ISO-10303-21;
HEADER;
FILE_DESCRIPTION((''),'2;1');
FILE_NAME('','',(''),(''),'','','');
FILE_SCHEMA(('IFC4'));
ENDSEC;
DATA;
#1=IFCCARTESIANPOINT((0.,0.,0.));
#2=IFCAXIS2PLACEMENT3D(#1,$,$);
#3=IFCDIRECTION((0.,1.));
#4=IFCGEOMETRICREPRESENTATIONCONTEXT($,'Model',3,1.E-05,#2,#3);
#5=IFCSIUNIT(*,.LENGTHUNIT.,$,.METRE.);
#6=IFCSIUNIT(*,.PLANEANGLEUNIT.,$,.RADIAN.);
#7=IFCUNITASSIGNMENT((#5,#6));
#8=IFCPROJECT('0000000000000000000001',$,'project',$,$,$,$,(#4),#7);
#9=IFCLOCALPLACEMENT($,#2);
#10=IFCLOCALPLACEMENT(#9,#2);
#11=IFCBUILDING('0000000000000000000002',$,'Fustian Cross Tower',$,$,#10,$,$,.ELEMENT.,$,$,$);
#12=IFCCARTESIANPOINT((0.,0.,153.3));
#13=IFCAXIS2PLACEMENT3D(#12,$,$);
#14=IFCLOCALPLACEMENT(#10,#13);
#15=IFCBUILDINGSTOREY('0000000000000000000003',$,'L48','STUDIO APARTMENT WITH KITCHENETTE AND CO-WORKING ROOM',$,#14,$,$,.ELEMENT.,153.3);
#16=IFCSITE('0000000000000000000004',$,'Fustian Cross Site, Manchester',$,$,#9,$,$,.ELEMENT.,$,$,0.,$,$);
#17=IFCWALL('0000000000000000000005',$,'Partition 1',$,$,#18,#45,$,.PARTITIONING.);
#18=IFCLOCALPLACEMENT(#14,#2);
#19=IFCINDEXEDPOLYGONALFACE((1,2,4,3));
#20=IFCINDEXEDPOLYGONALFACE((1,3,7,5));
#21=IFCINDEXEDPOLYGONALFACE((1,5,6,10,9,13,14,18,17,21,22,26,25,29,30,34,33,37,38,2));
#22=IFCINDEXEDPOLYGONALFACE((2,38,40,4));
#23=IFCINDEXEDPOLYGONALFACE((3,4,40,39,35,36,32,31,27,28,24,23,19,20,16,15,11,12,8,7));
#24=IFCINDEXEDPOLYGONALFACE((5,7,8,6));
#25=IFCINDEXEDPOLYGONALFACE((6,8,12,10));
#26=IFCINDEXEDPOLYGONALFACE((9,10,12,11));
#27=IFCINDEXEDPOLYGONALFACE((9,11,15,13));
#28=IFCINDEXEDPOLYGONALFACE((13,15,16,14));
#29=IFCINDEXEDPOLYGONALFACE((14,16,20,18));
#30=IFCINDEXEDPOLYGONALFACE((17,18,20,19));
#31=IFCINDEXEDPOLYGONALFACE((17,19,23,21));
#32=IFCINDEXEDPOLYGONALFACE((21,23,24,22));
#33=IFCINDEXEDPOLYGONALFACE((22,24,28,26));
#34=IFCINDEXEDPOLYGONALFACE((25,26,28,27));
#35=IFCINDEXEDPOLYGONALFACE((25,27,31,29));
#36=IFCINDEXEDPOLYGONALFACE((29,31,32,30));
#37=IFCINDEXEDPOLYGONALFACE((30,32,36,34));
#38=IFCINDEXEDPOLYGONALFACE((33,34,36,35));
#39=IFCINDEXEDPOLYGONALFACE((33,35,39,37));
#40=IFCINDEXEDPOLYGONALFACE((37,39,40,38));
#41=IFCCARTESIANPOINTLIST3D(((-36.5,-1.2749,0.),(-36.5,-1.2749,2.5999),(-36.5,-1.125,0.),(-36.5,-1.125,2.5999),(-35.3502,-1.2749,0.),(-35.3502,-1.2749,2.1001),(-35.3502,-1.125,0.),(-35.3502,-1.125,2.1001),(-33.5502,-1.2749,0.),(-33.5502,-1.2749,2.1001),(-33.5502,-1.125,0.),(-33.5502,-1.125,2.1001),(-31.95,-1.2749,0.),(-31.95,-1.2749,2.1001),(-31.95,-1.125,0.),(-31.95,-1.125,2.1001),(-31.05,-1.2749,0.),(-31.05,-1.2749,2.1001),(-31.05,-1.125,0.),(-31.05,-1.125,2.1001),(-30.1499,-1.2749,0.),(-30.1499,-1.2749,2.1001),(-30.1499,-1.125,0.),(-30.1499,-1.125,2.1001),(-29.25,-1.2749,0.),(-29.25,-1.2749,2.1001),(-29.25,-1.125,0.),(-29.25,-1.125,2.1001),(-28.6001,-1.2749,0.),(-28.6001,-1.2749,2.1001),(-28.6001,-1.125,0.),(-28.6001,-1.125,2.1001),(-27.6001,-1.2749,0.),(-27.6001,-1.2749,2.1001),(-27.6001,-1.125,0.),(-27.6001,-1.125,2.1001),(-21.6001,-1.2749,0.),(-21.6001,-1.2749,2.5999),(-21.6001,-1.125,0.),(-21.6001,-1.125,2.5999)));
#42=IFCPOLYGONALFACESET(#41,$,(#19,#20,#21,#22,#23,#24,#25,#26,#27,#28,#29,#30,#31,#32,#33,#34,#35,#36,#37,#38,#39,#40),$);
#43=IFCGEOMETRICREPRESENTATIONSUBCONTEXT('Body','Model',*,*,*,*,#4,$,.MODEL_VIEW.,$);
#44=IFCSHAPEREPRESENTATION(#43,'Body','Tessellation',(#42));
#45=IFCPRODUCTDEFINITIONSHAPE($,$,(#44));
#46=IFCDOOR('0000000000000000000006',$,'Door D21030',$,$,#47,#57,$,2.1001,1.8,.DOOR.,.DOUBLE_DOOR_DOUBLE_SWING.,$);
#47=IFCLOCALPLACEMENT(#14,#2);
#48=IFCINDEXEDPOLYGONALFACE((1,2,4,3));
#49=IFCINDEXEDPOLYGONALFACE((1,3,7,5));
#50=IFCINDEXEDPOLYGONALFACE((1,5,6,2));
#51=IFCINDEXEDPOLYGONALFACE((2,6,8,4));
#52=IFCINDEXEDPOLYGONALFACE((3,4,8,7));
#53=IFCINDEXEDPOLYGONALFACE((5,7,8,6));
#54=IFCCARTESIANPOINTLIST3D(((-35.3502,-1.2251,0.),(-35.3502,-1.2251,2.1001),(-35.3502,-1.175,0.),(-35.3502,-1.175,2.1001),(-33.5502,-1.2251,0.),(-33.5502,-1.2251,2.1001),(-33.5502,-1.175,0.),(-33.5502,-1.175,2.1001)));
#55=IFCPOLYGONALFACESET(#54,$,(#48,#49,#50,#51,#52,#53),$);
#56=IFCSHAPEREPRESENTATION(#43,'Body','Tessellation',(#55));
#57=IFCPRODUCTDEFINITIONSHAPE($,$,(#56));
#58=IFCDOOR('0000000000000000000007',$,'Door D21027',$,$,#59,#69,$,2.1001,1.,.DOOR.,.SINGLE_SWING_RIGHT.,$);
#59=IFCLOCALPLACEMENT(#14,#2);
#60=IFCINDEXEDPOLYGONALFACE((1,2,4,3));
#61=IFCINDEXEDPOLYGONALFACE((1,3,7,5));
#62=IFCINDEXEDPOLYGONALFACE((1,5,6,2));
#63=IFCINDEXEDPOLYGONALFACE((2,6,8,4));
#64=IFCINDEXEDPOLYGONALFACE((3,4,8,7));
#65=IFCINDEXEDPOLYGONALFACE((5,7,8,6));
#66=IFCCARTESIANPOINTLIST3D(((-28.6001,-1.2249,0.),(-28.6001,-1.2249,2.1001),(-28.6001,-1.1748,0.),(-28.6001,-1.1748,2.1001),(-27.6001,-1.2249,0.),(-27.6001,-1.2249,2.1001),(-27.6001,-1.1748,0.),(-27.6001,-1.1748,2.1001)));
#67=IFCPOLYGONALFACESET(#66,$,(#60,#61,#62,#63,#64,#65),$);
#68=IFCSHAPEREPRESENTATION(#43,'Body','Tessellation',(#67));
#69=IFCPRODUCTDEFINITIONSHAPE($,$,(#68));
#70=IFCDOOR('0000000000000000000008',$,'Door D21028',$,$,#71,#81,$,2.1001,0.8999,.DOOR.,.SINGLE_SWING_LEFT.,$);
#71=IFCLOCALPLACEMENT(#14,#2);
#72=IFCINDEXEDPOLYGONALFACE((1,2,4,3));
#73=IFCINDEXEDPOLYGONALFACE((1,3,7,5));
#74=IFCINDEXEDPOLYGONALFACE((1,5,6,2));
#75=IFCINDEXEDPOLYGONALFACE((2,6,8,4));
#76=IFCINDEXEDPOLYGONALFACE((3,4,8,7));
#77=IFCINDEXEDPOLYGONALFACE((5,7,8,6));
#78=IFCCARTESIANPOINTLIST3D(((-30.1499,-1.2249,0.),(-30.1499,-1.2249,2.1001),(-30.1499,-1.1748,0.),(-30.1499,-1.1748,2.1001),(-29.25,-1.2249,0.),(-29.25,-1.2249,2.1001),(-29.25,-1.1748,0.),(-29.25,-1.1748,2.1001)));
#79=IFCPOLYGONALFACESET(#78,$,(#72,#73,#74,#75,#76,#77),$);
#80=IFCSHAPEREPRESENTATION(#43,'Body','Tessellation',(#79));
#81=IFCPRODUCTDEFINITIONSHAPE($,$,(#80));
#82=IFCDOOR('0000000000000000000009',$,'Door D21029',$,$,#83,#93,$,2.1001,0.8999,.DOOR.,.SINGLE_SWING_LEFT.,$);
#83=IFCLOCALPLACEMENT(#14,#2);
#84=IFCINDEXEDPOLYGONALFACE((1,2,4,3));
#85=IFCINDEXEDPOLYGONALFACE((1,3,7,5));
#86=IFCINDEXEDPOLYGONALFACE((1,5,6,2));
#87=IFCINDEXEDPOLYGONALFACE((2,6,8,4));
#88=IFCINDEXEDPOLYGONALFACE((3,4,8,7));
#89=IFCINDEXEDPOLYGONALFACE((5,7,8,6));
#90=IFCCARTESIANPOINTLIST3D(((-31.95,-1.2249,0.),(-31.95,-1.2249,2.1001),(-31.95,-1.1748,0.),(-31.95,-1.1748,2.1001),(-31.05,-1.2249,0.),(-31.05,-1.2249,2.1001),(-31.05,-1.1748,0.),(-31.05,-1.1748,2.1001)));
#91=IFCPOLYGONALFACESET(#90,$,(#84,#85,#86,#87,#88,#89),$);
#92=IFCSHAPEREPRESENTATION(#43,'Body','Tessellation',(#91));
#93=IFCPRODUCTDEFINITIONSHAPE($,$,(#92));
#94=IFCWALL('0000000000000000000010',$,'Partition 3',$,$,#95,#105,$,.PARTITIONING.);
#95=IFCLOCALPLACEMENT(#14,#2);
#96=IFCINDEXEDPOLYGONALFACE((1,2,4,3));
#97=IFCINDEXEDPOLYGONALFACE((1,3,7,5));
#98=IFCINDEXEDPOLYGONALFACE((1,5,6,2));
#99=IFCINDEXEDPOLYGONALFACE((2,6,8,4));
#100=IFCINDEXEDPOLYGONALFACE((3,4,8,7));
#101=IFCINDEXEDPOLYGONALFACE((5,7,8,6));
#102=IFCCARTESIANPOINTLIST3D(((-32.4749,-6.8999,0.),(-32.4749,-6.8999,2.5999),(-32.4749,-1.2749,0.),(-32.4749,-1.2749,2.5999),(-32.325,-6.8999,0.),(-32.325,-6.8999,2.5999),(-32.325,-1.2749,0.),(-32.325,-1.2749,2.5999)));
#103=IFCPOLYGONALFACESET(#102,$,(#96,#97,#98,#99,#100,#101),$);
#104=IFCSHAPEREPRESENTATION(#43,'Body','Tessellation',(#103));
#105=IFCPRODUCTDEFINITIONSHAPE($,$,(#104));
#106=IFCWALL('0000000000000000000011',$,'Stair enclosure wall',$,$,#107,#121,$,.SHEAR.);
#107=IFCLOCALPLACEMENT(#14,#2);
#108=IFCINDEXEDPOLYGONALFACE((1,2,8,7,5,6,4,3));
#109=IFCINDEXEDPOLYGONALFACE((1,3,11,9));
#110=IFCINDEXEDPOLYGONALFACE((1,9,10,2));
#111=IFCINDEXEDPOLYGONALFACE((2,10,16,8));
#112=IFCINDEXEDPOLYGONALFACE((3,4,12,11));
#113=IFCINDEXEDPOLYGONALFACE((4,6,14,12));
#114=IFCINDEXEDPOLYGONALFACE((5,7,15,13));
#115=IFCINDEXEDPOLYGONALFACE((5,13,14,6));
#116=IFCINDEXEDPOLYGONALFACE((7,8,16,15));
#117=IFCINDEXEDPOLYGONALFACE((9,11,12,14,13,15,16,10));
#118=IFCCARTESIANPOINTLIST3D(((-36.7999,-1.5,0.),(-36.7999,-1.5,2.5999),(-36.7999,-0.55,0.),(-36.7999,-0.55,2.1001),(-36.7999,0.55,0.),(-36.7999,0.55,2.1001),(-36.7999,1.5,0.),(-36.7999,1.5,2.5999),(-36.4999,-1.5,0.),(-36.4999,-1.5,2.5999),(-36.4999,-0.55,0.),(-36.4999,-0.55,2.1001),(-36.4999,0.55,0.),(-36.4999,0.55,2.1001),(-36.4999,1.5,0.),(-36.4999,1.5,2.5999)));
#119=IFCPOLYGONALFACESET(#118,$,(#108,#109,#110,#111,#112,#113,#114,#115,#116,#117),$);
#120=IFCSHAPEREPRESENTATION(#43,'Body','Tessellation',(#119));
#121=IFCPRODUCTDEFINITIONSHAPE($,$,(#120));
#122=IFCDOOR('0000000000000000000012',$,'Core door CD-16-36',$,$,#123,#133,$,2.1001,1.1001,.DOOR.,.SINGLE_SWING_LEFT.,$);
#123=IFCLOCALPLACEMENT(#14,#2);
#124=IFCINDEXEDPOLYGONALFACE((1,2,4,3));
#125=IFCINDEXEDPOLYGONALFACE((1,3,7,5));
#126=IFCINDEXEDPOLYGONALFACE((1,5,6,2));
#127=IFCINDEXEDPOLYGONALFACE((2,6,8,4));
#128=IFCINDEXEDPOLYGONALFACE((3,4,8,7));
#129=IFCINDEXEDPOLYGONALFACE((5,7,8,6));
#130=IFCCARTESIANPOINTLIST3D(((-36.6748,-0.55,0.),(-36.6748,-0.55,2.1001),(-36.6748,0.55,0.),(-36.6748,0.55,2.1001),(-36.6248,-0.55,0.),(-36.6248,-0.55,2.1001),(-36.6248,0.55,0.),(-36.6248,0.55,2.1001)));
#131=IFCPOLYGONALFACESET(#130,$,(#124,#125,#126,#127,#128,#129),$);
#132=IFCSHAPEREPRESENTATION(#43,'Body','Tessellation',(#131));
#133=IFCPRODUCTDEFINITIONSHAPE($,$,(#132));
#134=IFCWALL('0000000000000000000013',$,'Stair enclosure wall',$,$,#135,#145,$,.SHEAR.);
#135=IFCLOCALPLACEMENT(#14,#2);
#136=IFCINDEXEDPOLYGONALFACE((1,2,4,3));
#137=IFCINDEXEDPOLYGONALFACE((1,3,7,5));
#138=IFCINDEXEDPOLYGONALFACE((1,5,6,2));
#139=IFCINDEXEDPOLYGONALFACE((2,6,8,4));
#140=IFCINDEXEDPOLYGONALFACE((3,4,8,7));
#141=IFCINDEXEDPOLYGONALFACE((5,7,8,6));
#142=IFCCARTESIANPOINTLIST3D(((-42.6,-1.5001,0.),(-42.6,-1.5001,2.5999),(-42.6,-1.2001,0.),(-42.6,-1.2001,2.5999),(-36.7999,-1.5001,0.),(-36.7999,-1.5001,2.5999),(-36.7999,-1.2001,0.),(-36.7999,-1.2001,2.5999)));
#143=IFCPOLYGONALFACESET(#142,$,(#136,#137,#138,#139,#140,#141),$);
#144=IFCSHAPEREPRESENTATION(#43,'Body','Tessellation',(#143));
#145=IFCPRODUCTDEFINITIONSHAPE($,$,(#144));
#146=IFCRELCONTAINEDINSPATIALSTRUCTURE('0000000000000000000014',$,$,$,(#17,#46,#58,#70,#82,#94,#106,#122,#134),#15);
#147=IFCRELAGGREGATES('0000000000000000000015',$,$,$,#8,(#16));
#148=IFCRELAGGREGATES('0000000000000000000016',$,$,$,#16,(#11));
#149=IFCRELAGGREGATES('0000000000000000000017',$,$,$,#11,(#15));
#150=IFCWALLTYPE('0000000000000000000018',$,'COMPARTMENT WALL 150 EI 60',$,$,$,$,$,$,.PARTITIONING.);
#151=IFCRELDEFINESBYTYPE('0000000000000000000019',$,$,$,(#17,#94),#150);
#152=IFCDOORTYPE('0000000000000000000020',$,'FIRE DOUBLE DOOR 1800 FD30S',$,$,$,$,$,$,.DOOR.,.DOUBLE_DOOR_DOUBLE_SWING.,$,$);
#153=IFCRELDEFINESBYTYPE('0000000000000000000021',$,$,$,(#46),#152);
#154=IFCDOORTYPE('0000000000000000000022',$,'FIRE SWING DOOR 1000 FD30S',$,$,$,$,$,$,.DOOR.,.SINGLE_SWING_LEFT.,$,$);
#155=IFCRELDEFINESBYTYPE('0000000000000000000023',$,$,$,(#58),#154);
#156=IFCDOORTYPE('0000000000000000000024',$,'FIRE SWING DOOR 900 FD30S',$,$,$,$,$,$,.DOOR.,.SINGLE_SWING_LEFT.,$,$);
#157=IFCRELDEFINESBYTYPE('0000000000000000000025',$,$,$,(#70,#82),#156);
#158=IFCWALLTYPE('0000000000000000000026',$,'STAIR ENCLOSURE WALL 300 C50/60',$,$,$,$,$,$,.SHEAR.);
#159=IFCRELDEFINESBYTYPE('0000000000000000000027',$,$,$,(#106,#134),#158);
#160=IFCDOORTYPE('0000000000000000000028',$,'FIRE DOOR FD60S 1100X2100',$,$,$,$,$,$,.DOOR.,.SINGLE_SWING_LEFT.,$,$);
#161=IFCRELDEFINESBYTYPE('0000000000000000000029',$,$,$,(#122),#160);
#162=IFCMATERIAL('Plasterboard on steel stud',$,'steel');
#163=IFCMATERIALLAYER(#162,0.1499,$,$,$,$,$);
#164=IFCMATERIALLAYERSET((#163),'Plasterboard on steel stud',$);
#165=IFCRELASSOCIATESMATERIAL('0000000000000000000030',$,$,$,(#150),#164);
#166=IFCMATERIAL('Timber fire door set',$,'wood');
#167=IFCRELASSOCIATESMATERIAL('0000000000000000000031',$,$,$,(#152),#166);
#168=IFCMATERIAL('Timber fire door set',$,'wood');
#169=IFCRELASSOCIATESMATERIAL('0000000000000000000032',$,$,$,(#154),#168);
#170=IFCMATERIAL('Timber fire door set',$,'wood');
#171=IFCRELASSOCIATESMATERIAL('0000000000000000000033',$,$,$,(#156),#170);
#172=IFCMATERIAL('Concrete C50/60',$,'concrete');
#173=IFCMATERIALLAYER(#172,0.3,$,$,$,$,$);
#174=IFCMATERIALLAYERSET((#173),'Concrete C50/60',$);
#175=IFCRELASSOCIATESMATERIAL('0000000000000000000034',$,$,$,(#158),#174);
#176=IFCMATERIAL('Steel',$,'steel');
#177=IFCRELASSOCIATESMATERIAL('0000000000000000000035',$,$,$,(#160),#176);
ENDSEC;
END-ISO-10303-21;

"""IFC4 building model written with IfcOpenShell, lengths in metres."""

from ifc_helpers import new_model, si_unit, direction, frame, frame_2d, origin, place, context, subcontext, project, spatial, rectangle, extrude, material, layer, layer_set, type_object, element, fill, save


model = new_model("IFC4")

# Units and contexts
model_context = context("Model", 3, precision=1e-05, world=origin(), true_north=direction((0.0, 1.0)))
body_context = subcontext(model_context, "Body", "Model", "MODEL_VIEW")
ifc_project = project(units=[si_unit("LENGTHUNIT", "METRE"), si_unit("PLANEANGLEUNIT", "RADIAN")], contexts=[model_context])

# Site, building, storey
site_placement = place(None, origin())
site = spatial("IfcSite", under=ifc_project, at=site_placement, Name="Fustian Cross Site, Manchester", CompositionType="ELEMENT", RefElevation=0.0)
building_placement = place(site_placement, origin())
building = spatial("IfcBuilding", under=site, at=building_placement, Name="Fustian Cross Tower", CompositionType="ELEMENT")
storey_placement = place(building_placement, frame((0.0, 0.0, 153.3)))
storey = spatial("IfcBuildingStorey", under=building, at=storey_placement, Name="L48", Description="STUDIO APARTMENT WITH KITCHENETTE AND CO-WORKING ROOM", CompositionType="ELEMENT", Elevation=153.3)

# Wall, openings, doors
ifc_material_1 = material(Name="Plasterboard on steel stud", Category="steel")
ifc_layer_1 = layer(ifc_material_1, 0.1499)
ifc_layer_set_1 = layer_set([ifc_layer_1], Name="Plasterboard on steel stud")
wall_type_1 = type_object("IfcWallType", Name="COMPARTMENT WALL 150 EI 60", PredefinedType="PARTITIONING", material=ifc_layer_set_1)
wall_1_placement = place(storey_placement, frame((-36.5, -1.2, 0.0), z_axis=(0.0, 0.0, 1.0), x_axis=(1.0, 0.0, 0.0)))
wall_1 = element("IfcWall", 1, at=wall_1_placement, inside=storey, type_object=wall_type_1, Name="Partition 1", PredefinedType="PARTITIONING", context=body_context, shape_type="SweptSolid", body=[
    extrude(rectangle(XDim=14.8999, YDim=0.1499, at=frame_2d((7.45, 0.0))), origin(), (0.0, 0.0, 1.0), 2.5999),
])
opening_1_placement = place(wall_1_placement, frame((7.8999, 0.0, 0.0)))
opening_1 = element("IfcOpeningElement", 2, at=opening_1_placement, cuts=wall_1, PredefinedType="OPENING", context=body_context, shape_type="SweptSolid", body=[
    extrude(rectangle(XDim=1.0, YDim=2.1001, at=frame_2d((0.5, 1.05))), frame((0.0, 0.085, 0.0), z_axis=(0.0, -1.0, 0.0), x_axis=(1.0, 0.0, 0.0)), (0.0, 0.0, 1.0), 0.1699),
])
opening_2_placement = place(wall_1_placement, frame((6.3501, 0.0, 0.0)))
opening_2 = element("IfcOpeningElement", 3, at=opening_2_placement, cuts=wall_1, PredefinedType="OPENING", context=body_context, shape_type="SweptSolid", body=[
    extrude(rectangle(XDim=0.8999, YDim=2.1001, at=frame_2d((0.45, 1.05))), frame((0.0, 0.085, 0.0), z_axis=(0.0, -1.0, 0.0), x_axis=(1.0, 0.0, 0.0)), (0.0, 0.0, 1.0), 0.1699),
])
opening_3_placement = place(wall_1_placement, frame((4.55, 0.0, 0.0)))
opening_3 = element("IfcOpeningElement", 4, at=opening_3_placement, cuts=wall_1, PredefinedType="OPENING", context=body_context, shape_type="SweptSolid", body=[
    extrude(rectangle(XDim=0.8999, YDim=2.1001, at=frame_2d((0.45, 1.05))), frame((0.0, 0.085, 0.0), z_axis=(0.0, -1.0, 0.0), x_axis=(1.0, 0.0, 0.0)), (0.0, 0.0, 1.0), 0.1699),
])
opening_4_placement = place(wall_1_placement, frame((1.1499, 0.0, 0.0)))
opening_4 = element("IfcOpeningElement", 5, at=opening_4_placement, cuts=wall_1, PredefinedType="OPENING", context=body_context, shape_type="SweptSolid", body=[
    extrude(rectangle(XDim=1.8, YDim=2.1001, at=frame_2d((0.8999, 1.05))), frame((0.0, 0.085, 0.0), z_axis=(0.0, -1.0, 0.0), x_axis=(1.0, 0.0, 0.0)), (0.0, 0.0, 1.0), 0.1699),
])
ifc_material_2 = material(Name="Timber fire door set", Category="wood")
door_type_1 = type_object("IfcDoorType", Name="FIRE DOUBLE DOOR 1800 FD30S", OperationType="DOUBLE_DOOR_DOUBLE_SWING", PredefinedType="DOOR", material=ifc_material_2)
door_1_placement = place(opening_4_placement, origin())
door_1 = element("IfcDoor", 6, at=door_1_placement, inside=storey, type_object=door_type_1, Name="Door D21030", OperationType="DOUBLE_DOOR_DOUBLE_SWING", OverallHeight=2.1001, OverallWidth=1.8, PredefinedType="DOOR", context=body_context, shape_type="SweptSolid", body=[
    extrude(rectangle(XDim=1.8, YDim=2.1001, at=frame_2d((0.8999, 1.05))), frame((0.0, 0.0249, 0.0), z_axis=(0.0, -1.0, 0.0), x_axis=(1.0, 0.0, 0.0)), (0.0, 0.0, 1.0), 0.05),
])
fill(opening_4, door_1)
ifc_material_3 = material(Name="Timber fire door set", Category="wood")
door_type_2 = type_object("IfcDoorType", Name="FIRE SWING DOOR 1000 FD30S", OperationType="SINGLE_SWING_LEFT", PredefinedType="DOOR", material=ifc_material_3)
door_2_placement = place(opening_1_placement, frame((1.0, 0.0, 0.0), z_axis=(0.0, 0.0, 1.0), x_axis=(-1.0, 0.0, 0.0)))
door_2 = element("IfcDoor", 7, at=door_2_placement, inside=storey, type_object=door_type_2, Name="Door D21027", OperationType="SINGLE_SWING_RIGHT", OverallHeight=2.1001, OverallWidth=1.0, PredefinedType="DOOR", context=body_context, shape_type="SweptSolid", body=[
    extrude(rectangle(XDim=1.0, YDim=2.1001, at=frame_2d((0.5, 1.05))), frame((0.0, 0.0249, 0.0), z_axis=(0.0, -1.0, 0.0), x_axis=(1.0, 0.0, 0.0)), (0.0, 0.0, 1.0), 0.05),
])
fill(opening_1, door_2)
ifc_material_4 = material(Name="Timber fire door set", Category="wood")
door_type_3 = type_object("IfcDoorType", Name="FIRE SWING DOOR 900 FD30S", OperationType="SINGLE_SWING_LEFT", PredefinedType="DOOR", material=ifc_material_4)
door_3_placement = place(opening_2_placement, frame((0.8999, 0.0, 0.0), z_axis=(0.0, 0.0, 1.0), x_axis=(-1.0, 0.0, 0.0)))
door_3 = element("IfcDoor", 8, at=door_3_placement, inside=storey, type_object=door_type_3, Name="Door D21028", OperationType="SINGLE_SWING_LEFT", OverallHeight=2.1001, OverallWidth=0.8999, PredefinedType="DOOR", context=body_context, shape_type="SweptSolid", body=[
    extrude(rectangle(XDim=0.8999, YDim=2.1001, at=frame_2d((0.45, 1.05))), frame((0.0, 0.0249, 0.0), z_axis=(0.0, -1.0, 0.0), x_axis=(1.0, 0.0, 0.0)), (0.0, 0.0, 1.0), 0.05),
])
fill(opening_2, door_3)
door_4_placement = place(opening_3_placement, frame((0.8999, 0.0, 0.0), z_axis=(0.0, 0.0, 1.0), x_axis=(-1.0, 0.0, 0.0)))
door_4 = element("IfcDoor", 9, at=door_4_placement, inside=storey, type_object=door_type_3, Name="Door D21029", OperationType="SINGLE_SWING_LEFT", OverallHeight=2.1001, OverallWidth=0.8999, PredefinedType="DOOR", context=body_context, shape_type="SweptSolid", body=[
    extrude(rectangle(XDim=0.8999, YDim=2.1001, at=frame_2d((0.45, 1.05))), frame((0.0, 0.0249, 0.0), z_axis=(0.0, -1.0, 0.0), x_axis=(1.0, 0.0, 0.0)), (0.0, 0.0, 1.0), 0.05),
])
fill(opening_3, door_4)

# Wall
wall_2_placement = place(storey_placement, frame((-32.3999, -6.8999, 0.0), z_axis=(0.0, 0.0, 1.0), x_axis=(0.0, 1.0, 0.0)))
element("IfcWall", 10, at=wall_2_placement, inside=storey, type_object=wall_type_1, Name="Partition 3", PredefinedType="PARTITIONING", context=body_context, shape_type="SweptSolid", body=[
    extrude(rectangle(XDim=5.625, YDim=0.1499, at=frame_2d((2.8125, 0.0))), origin(), (0.0, 0.0, 1.0), 2.5999),
])

# Wall, opening, door
ifc_material_5 = material(Name="Concrete C50/60", Category="concrete")
ifc_layer_2 = layer(ifc_material_5, 0.3)
ifc_layer_set_2 = layer_set([ifc_layer_2], Name="Concrete C50/60")
wall_type_2 = type_object("IfcWallType", Name="STAIR ENCLOSURE WALL 300 C50/60", PredefinedType="SHEAR", material=ifc_layer_set_2)
wall_3_placement = place(storey_placement, frame((-36.6499, -1.5, 0.0), z_axis=(0.0, 0.0, 1.0), x_axis=(0.0, 1.0, 0.0)))
wall_3 = element("IfcWall", 11, at=wall_3_placement, inside=storey, type_object=wall_type_2, Name="Stair enclosure wall", PredefinedType="SHEAR", context=body_context, shape_type="SweptSolid", body=[
    extrude(rectangle(XDim=3.0, YDim=0.3, at=frame_2d((1.5, 0.0))), origin(), (0.0, 0.0, 1.0), 2.5999),
])
opening_5_placement = place(wall_3_placement, frame((0.95, 0.0, 0.0)))
opening_5 = element("IfcOpeningElement", 12, at=opening_5_placement, cuts=wall_3, PredefinedType="OPENING", context=body_context, shape_type="SweptSolid", body=[
    extrude(rectangle(XDim=1.1001, YDim=2.1001, at=frame_2d((0.55, 1.05))), frame((0.0, 0.1599, 0.0), z_axis=(0.0, -1.0, 0.0), x_axis=(1.0, 0.0, 0.0)), (0.0, 0.0, 1.0), 0.3201),
])
ifc_material_6 = material(Name="Steel", Category="steel")
door_type_4 = type_object("IfcDoorType", Name="FIRE DOOR FD60S 1100X2100", OperationType="SINGLE_SWING_LEFT", PredefinedType="DOOR", material=ifc_material_6)
door_5_placement = place(opening_5_placement, origin())
door_5 = element("IfcDoor", 13, at=door_5_placement, inside=storey, type_object=door_type_4, Name="Core door CD-16-36", OperationType="SINGLE_SWING_LEFT", OverallHeight=2.1001, OverallWidth=1.1001, PredefinedType="DOOR", context=body_context, shape_type="SweptSolid", body=[
    extrude(rectangle(XDim=1.1001, YDim=2.1001, at=frame_2d((0.55, 1.05))), frame((0.0, 0.0249, 0.0), z_axis=(0.0, -1.0, 0.0), x_axis=(1.0, 0.0, 0.0)), (0.0, 0.0, 1.0), 0.05),
])
fill(opening_5, door_5)

# Wall
wall_4_placement = place(storey_placement, frame((-36.8, -1.3501, 0.0), z_axis=(0.0, 0.0, 1.0), x_axis=(-1.0, 0.0, 0.0)))
element("IfcWall", 14, at=wall_4_placement, inside=storey, type_object=wall_type_2, Name="Stair enclosure wall", PredefinedType="SHEAR", context=body_context, shape_type="SweptSolid", body=[
    extrude(rectangle(XDim=5.8, YDim=0.3, at=frame_2d((2.8999, 0.0))), origin(), (0.0, 0.0, 1.0), 2.5999),
])

save(model, "model.ifc")
